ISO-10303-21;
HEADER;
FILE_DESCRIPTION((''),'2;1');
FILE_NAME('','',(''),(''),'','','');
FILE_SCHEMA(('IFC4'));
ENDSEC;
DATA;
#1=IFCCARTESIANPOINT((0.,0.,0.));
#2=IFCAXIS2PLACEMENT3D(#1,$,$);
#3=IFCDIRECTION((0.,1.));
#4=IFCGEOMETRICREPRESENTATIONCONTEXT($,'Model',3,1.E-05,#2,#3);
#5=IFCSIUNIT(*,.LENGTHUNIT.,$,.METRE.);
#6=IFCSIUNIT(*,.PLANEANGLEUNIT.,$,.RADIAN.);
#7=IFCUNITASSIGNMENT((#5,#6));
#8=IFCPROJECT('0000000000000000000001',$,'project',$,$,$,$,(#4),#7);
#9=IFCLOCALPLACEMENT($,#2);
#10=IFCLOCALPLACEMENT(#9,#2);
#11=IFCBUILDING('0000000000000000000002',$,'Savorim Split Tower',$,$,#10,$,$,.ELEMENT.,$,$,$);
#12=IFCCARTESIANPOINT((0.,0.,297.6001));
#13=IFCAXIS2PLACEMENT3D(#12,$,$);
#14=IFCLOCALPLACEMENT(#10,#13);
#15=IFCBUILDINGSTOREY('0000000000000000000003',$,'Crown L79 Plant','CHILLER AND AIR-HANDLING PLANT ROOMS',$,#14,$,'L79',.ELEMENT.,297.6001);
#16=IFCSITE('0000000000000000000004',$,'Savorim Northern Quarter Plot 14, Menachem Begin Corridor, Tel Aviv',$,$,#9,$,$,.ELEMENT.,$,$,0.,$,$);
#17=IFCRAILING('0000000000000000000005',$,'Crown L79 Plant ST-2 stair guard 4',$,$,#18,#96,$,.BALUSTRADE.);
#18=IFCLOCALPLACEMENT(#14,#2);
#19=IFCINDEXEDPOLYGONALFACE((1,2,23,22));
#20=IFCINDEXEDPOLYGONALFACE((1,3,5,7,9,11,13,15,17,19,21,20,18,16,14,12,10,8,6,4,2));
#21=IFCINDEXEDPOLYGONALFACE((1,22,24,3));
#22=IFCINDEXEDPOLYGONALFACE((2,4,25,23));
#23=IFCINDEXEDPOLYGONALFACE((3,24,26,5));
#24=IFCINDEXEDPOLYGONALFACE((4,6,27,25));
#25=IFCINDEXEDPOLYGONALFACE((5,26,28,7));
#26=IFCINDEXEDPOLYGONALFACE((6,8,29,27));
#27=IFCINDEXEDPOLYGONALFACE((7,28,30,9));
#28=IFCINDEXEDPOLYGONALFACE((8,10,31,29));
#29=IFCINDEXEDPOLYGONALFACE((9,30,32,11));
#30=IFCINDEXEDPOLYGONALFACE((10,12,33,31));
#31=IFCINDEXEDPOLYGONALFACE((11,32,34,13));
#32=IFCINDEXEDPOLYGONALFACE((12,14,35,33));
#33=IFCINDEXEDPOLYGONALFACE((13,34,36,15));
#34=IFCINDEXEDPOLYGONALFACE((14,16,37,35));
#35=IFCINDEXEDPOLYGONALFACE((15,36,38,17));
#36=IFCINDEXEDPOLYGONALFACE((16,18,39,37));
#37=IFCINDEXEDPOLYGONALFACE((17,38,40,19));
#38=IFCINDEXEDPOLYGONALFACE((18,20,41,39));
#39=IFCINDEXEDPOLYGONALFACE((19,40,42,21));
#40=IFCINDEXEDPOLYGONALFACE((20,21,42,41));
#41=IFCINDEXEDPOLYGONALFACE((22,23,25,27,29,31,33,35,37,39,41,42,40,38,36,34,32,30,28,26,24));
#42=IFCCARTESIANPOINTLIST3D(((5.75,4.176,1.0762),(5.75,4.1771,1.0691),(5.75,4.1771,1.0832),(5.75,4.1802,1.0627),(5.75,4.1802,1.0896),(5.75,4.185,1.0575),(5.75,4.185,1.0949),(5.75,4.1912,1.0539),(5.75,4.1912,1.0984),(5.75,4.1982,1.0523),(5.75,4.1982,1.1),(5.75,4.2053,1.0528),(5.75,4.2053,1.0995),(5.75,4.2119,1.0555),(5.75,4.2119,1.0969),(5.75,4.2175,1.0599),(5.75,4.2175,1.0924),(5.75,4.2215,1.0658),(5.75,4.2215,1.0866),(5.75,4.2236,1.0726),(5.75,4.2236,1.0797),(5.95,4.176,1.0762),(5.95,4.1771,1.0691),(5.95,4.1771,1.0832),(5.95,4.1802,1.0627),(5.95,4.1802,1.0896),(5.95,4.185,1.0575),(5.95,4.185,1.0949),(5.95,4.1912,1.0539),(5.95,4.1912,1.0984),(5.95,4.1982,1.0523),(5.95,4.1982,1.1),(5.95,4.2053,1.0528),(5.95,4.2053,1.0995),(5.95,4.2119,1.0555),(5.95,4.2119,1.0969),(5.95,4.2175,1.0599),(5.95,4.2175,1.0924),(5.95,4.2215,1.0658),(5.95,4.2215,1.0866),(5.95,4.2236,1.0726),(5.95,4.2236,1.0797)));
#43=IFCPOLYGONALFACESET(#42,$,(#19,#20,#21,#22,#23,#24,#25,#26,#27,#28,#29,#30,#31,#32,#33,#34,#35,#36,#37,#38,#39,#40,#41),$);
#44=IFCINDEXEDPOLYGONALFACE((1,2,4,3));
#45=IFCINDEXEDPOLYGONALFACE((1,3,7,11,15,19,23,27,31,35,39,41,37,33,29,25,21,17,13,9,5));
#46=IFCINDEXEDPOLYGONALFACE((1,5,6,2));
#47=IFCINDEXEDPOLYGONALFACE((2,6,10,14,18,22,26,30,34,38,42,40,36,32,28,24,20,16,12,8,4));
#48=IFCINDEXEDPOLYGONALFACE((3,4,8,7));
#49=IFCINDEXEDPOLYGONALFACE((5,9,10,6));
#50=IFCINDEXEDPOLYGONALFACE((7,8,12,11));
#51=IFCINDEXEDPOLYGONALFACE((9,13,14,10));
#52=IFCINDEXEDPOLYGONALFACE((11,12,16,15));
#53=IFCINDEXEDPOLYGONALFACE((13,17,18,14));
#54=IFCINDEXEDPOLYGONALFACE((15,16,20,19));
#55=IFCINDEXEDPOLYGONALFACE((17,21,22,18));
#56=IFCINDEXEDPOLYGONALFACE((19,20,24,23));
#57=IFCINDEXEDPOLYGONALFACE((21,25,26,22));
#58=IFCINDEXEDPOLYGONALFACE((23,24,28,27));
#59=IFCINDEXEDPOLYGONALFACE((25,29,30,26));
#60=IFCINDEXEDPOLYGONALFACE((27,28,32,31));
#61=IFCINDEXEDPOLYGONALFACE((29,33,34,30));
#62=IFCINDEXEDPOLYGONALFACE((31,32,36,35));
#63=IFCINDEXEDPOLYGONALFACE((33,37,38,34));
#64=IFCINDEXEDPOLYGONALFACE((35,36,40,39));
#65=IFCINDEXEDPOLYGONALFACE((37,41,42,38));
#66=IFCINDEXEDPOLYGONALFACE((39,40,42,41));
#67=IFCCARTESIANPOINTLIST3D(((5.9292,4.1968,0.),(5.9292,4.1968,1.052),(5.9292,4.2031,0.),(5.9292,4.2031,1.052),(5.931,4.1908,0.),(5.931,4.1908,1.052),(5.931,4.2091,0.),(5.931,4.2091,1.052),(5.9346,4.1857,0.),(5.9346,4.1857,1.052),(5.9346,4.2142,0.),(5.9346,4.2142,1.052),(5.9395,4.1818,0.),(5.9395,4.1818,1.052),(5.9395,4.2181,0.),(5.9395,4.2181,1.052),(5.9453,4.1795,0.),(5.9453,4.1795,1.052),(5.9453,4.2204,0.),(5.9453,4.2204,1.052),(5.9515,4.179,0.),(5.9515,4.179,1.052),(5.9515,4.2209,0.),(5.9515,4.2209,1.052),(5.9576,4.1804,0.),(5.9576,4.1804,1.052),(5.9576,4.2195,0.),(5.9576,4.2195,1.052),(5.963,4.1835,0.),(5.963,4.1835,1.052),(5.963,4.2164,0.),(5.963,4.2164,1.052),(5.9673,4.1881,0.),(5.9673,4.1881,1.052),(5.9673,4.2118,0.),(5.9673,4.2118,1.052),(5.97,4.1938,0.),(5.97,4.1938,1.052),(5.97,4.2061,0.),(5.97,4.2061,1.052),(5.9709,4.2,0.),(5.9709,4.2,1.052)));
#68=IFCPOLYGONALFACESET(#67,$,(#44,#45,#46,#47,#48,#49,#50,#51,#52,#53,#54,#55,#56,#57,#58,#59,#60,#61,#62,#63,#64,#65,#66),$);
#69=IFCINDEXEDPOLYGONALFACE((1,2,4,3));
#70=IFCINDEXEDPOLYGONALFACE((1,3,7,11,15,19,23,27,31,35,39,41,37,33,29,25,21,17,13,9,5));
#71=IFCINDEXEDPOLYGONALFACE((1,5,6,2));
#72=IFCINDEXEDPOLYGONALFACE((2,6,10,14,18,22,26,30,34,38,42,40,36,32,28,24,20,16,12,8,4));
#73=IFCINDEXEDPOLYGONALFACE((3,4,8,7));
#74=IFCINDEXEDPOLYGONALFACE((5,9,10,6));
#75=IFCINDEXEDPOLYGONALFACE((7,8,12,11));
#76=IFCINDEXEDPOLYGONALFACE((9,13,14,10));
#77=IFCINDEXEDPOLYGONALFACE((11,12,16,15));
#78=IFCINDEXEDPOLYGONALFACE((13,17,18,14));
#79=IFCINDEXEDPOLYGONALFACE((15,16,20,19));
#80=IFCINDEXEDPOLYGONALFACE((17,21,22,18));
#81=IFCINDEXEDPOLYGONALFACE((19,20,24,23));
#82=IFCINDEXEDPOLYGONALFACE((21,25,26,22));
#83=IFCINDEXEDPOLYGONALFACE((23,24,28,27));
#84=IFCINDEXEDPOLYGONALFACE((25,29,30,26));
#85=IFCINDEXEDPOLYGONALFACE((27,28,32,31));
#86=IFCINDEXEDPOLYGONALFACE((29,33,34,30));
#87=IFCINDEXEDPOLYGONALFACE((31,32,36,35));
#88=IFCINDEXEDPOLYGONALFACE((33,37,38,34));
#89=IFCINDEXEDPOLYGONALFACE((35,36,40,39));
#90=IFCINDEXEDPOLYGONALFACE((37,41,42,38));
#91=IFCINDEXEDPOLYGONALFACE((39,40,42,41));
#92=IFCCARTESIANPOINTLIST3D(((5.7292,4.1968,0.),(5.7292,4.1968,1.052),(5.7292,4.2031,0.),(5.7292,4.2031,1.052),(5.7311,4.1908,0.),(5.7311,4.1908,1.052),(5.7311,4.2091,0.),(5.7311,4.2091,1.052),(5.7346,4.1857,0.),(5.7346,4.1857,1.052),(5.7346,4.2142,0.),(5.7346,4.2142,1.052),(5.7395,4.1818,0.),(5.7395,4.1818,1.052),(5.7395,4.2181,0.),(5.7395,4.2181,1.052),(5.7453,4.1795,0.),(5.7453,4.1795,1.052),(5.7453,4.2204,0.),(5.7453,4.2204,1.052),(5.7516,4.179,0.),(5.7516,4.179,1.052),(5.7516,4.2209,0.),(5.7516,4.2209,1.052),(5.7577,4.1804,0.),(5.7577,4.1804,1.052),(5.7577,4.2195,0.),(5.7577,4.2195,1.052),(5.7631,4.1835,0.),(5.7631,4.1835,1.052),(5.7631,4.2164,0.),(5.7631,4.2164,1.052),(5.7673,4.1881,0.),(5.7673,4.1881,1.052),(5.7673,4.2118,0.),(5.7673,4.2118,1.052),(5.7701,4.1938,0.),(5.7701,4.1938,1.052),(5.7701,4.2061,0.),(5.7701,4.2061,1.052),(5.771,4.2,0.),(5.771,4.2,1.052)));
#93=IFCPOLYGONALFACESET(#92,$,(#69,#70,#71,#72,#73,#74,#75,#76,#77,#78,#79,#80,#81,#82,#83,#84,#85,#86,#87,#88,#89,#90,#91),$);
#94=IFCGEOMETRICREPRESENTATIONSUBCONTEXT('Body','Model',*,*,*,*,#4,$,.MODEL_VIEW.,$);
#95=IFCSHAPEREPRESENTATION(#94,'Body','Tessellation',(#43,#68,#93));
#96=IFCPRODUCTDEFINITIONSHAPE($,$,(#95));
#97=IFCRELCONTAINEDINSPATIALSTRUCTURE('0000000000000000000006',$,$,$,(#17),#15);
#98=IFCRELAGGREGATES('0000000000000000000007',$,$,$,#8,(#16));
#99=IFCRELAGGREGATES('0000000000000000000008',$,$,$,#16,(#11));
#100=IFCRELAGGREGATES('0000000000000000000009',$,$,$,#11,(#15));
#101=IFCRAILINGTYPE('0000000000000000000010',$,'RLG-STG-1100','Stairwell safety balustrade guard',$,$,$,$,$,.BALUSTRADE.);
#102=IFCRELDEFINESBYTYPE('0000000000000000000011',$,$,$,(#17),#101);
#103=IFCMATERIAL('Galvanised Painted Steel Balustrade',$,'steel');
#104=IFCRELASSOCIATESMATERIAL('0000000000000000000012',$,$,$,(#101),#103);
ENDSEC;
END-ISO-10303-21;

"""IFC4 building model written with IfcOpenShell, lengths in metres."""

from ifc_helpers import new_model, si_unit, direction, frame, origin, origin_2d, place, context, subcontext, project, spatial, circle, extrude, material, type_object, element, save


model = new_model("IFC4")

# Units and contexts
model_context = context("Model", 3, precision=1e-05, world=origin(), true_north=direction((0.0, 1.0)))
body_context = subcontext(model_context, "Body", "Model", "MODEL_VIEW")
ifc_project = project(units=[si_unit("LENGTHUNIT", "METRE"), si_unit("PLANEANGLEUNIT", "RADIAN")], contexts=[model_context])

# Site, building, storey
site_placement = place(None, origin())
site = spatial("IfcSite", under=ifc_project, at=site_placement, Name="Savorim Northern Quarter Plot 14, Menachem Begin Corridor, Tel Aviv", CompositionType="ELEMENT", RefElevation=0.0)
building_placement = place(site_placement, origin())
building = spatial("IfcBuilding", under=site, at=building_placement, Name="Savorim Split Tower", CompositionType="ELEMENT")
storey_placement = place(building_placement, frame((0.0, 0.0, 297.6001)))
storey = spatial("IfcBuildingStorey", under=building, at=storey_placement, Name="Crown L79 Plant", Description="CHILLER AND AIR-HANDLING PLANT ROOMS", LongName="L79", CompositionType="ELEMENT", Elevation=297.6001)

# Railing
ifc_material_1 = material(Name="Galvanised Painted Steel Balustrade", Category="steel")
railing_type_1 = type_object("IfcRailingType", Name="RLG-STG-1100", Description="Stairwell safety balustrade guard", PredefinedType="BALUSTRADE", material=ifc_material_1)
railing_1_placement = place(storey_placement, frame((5.95, 4.2, 0.0)))
element("IfcRailing", 1, at=railing_1_placement, inside=storey, type_object=railing_type_1, Name="Crown L79 Plant ST-2 stair guard 4", PredefinedType="BALUSTRADE", context=body_context, shape_type="SweptSolid", body=[
    extrude(circle(Radius=0.0239, at=origin_2d()), frame((0.0, 0.0, 1.0762), z_axis=(-1.0, 0.0, 0.0), x_axis=(0.0, -1.0, 0.0)), (0.0, 0.0, 1.0), 0.2),
    extrude(circle(Radius=0.021, at=origin_2d()), origin(), (0.0, 0.0, 1.0), 1.052),
    extrude(circle(Radius=0.021, at=origin_2d()), frame((-0.2, 0.0, 0.0)), (0.0, 0.0, 1.0), 1.052),
])

save(model, "model.ifc")
